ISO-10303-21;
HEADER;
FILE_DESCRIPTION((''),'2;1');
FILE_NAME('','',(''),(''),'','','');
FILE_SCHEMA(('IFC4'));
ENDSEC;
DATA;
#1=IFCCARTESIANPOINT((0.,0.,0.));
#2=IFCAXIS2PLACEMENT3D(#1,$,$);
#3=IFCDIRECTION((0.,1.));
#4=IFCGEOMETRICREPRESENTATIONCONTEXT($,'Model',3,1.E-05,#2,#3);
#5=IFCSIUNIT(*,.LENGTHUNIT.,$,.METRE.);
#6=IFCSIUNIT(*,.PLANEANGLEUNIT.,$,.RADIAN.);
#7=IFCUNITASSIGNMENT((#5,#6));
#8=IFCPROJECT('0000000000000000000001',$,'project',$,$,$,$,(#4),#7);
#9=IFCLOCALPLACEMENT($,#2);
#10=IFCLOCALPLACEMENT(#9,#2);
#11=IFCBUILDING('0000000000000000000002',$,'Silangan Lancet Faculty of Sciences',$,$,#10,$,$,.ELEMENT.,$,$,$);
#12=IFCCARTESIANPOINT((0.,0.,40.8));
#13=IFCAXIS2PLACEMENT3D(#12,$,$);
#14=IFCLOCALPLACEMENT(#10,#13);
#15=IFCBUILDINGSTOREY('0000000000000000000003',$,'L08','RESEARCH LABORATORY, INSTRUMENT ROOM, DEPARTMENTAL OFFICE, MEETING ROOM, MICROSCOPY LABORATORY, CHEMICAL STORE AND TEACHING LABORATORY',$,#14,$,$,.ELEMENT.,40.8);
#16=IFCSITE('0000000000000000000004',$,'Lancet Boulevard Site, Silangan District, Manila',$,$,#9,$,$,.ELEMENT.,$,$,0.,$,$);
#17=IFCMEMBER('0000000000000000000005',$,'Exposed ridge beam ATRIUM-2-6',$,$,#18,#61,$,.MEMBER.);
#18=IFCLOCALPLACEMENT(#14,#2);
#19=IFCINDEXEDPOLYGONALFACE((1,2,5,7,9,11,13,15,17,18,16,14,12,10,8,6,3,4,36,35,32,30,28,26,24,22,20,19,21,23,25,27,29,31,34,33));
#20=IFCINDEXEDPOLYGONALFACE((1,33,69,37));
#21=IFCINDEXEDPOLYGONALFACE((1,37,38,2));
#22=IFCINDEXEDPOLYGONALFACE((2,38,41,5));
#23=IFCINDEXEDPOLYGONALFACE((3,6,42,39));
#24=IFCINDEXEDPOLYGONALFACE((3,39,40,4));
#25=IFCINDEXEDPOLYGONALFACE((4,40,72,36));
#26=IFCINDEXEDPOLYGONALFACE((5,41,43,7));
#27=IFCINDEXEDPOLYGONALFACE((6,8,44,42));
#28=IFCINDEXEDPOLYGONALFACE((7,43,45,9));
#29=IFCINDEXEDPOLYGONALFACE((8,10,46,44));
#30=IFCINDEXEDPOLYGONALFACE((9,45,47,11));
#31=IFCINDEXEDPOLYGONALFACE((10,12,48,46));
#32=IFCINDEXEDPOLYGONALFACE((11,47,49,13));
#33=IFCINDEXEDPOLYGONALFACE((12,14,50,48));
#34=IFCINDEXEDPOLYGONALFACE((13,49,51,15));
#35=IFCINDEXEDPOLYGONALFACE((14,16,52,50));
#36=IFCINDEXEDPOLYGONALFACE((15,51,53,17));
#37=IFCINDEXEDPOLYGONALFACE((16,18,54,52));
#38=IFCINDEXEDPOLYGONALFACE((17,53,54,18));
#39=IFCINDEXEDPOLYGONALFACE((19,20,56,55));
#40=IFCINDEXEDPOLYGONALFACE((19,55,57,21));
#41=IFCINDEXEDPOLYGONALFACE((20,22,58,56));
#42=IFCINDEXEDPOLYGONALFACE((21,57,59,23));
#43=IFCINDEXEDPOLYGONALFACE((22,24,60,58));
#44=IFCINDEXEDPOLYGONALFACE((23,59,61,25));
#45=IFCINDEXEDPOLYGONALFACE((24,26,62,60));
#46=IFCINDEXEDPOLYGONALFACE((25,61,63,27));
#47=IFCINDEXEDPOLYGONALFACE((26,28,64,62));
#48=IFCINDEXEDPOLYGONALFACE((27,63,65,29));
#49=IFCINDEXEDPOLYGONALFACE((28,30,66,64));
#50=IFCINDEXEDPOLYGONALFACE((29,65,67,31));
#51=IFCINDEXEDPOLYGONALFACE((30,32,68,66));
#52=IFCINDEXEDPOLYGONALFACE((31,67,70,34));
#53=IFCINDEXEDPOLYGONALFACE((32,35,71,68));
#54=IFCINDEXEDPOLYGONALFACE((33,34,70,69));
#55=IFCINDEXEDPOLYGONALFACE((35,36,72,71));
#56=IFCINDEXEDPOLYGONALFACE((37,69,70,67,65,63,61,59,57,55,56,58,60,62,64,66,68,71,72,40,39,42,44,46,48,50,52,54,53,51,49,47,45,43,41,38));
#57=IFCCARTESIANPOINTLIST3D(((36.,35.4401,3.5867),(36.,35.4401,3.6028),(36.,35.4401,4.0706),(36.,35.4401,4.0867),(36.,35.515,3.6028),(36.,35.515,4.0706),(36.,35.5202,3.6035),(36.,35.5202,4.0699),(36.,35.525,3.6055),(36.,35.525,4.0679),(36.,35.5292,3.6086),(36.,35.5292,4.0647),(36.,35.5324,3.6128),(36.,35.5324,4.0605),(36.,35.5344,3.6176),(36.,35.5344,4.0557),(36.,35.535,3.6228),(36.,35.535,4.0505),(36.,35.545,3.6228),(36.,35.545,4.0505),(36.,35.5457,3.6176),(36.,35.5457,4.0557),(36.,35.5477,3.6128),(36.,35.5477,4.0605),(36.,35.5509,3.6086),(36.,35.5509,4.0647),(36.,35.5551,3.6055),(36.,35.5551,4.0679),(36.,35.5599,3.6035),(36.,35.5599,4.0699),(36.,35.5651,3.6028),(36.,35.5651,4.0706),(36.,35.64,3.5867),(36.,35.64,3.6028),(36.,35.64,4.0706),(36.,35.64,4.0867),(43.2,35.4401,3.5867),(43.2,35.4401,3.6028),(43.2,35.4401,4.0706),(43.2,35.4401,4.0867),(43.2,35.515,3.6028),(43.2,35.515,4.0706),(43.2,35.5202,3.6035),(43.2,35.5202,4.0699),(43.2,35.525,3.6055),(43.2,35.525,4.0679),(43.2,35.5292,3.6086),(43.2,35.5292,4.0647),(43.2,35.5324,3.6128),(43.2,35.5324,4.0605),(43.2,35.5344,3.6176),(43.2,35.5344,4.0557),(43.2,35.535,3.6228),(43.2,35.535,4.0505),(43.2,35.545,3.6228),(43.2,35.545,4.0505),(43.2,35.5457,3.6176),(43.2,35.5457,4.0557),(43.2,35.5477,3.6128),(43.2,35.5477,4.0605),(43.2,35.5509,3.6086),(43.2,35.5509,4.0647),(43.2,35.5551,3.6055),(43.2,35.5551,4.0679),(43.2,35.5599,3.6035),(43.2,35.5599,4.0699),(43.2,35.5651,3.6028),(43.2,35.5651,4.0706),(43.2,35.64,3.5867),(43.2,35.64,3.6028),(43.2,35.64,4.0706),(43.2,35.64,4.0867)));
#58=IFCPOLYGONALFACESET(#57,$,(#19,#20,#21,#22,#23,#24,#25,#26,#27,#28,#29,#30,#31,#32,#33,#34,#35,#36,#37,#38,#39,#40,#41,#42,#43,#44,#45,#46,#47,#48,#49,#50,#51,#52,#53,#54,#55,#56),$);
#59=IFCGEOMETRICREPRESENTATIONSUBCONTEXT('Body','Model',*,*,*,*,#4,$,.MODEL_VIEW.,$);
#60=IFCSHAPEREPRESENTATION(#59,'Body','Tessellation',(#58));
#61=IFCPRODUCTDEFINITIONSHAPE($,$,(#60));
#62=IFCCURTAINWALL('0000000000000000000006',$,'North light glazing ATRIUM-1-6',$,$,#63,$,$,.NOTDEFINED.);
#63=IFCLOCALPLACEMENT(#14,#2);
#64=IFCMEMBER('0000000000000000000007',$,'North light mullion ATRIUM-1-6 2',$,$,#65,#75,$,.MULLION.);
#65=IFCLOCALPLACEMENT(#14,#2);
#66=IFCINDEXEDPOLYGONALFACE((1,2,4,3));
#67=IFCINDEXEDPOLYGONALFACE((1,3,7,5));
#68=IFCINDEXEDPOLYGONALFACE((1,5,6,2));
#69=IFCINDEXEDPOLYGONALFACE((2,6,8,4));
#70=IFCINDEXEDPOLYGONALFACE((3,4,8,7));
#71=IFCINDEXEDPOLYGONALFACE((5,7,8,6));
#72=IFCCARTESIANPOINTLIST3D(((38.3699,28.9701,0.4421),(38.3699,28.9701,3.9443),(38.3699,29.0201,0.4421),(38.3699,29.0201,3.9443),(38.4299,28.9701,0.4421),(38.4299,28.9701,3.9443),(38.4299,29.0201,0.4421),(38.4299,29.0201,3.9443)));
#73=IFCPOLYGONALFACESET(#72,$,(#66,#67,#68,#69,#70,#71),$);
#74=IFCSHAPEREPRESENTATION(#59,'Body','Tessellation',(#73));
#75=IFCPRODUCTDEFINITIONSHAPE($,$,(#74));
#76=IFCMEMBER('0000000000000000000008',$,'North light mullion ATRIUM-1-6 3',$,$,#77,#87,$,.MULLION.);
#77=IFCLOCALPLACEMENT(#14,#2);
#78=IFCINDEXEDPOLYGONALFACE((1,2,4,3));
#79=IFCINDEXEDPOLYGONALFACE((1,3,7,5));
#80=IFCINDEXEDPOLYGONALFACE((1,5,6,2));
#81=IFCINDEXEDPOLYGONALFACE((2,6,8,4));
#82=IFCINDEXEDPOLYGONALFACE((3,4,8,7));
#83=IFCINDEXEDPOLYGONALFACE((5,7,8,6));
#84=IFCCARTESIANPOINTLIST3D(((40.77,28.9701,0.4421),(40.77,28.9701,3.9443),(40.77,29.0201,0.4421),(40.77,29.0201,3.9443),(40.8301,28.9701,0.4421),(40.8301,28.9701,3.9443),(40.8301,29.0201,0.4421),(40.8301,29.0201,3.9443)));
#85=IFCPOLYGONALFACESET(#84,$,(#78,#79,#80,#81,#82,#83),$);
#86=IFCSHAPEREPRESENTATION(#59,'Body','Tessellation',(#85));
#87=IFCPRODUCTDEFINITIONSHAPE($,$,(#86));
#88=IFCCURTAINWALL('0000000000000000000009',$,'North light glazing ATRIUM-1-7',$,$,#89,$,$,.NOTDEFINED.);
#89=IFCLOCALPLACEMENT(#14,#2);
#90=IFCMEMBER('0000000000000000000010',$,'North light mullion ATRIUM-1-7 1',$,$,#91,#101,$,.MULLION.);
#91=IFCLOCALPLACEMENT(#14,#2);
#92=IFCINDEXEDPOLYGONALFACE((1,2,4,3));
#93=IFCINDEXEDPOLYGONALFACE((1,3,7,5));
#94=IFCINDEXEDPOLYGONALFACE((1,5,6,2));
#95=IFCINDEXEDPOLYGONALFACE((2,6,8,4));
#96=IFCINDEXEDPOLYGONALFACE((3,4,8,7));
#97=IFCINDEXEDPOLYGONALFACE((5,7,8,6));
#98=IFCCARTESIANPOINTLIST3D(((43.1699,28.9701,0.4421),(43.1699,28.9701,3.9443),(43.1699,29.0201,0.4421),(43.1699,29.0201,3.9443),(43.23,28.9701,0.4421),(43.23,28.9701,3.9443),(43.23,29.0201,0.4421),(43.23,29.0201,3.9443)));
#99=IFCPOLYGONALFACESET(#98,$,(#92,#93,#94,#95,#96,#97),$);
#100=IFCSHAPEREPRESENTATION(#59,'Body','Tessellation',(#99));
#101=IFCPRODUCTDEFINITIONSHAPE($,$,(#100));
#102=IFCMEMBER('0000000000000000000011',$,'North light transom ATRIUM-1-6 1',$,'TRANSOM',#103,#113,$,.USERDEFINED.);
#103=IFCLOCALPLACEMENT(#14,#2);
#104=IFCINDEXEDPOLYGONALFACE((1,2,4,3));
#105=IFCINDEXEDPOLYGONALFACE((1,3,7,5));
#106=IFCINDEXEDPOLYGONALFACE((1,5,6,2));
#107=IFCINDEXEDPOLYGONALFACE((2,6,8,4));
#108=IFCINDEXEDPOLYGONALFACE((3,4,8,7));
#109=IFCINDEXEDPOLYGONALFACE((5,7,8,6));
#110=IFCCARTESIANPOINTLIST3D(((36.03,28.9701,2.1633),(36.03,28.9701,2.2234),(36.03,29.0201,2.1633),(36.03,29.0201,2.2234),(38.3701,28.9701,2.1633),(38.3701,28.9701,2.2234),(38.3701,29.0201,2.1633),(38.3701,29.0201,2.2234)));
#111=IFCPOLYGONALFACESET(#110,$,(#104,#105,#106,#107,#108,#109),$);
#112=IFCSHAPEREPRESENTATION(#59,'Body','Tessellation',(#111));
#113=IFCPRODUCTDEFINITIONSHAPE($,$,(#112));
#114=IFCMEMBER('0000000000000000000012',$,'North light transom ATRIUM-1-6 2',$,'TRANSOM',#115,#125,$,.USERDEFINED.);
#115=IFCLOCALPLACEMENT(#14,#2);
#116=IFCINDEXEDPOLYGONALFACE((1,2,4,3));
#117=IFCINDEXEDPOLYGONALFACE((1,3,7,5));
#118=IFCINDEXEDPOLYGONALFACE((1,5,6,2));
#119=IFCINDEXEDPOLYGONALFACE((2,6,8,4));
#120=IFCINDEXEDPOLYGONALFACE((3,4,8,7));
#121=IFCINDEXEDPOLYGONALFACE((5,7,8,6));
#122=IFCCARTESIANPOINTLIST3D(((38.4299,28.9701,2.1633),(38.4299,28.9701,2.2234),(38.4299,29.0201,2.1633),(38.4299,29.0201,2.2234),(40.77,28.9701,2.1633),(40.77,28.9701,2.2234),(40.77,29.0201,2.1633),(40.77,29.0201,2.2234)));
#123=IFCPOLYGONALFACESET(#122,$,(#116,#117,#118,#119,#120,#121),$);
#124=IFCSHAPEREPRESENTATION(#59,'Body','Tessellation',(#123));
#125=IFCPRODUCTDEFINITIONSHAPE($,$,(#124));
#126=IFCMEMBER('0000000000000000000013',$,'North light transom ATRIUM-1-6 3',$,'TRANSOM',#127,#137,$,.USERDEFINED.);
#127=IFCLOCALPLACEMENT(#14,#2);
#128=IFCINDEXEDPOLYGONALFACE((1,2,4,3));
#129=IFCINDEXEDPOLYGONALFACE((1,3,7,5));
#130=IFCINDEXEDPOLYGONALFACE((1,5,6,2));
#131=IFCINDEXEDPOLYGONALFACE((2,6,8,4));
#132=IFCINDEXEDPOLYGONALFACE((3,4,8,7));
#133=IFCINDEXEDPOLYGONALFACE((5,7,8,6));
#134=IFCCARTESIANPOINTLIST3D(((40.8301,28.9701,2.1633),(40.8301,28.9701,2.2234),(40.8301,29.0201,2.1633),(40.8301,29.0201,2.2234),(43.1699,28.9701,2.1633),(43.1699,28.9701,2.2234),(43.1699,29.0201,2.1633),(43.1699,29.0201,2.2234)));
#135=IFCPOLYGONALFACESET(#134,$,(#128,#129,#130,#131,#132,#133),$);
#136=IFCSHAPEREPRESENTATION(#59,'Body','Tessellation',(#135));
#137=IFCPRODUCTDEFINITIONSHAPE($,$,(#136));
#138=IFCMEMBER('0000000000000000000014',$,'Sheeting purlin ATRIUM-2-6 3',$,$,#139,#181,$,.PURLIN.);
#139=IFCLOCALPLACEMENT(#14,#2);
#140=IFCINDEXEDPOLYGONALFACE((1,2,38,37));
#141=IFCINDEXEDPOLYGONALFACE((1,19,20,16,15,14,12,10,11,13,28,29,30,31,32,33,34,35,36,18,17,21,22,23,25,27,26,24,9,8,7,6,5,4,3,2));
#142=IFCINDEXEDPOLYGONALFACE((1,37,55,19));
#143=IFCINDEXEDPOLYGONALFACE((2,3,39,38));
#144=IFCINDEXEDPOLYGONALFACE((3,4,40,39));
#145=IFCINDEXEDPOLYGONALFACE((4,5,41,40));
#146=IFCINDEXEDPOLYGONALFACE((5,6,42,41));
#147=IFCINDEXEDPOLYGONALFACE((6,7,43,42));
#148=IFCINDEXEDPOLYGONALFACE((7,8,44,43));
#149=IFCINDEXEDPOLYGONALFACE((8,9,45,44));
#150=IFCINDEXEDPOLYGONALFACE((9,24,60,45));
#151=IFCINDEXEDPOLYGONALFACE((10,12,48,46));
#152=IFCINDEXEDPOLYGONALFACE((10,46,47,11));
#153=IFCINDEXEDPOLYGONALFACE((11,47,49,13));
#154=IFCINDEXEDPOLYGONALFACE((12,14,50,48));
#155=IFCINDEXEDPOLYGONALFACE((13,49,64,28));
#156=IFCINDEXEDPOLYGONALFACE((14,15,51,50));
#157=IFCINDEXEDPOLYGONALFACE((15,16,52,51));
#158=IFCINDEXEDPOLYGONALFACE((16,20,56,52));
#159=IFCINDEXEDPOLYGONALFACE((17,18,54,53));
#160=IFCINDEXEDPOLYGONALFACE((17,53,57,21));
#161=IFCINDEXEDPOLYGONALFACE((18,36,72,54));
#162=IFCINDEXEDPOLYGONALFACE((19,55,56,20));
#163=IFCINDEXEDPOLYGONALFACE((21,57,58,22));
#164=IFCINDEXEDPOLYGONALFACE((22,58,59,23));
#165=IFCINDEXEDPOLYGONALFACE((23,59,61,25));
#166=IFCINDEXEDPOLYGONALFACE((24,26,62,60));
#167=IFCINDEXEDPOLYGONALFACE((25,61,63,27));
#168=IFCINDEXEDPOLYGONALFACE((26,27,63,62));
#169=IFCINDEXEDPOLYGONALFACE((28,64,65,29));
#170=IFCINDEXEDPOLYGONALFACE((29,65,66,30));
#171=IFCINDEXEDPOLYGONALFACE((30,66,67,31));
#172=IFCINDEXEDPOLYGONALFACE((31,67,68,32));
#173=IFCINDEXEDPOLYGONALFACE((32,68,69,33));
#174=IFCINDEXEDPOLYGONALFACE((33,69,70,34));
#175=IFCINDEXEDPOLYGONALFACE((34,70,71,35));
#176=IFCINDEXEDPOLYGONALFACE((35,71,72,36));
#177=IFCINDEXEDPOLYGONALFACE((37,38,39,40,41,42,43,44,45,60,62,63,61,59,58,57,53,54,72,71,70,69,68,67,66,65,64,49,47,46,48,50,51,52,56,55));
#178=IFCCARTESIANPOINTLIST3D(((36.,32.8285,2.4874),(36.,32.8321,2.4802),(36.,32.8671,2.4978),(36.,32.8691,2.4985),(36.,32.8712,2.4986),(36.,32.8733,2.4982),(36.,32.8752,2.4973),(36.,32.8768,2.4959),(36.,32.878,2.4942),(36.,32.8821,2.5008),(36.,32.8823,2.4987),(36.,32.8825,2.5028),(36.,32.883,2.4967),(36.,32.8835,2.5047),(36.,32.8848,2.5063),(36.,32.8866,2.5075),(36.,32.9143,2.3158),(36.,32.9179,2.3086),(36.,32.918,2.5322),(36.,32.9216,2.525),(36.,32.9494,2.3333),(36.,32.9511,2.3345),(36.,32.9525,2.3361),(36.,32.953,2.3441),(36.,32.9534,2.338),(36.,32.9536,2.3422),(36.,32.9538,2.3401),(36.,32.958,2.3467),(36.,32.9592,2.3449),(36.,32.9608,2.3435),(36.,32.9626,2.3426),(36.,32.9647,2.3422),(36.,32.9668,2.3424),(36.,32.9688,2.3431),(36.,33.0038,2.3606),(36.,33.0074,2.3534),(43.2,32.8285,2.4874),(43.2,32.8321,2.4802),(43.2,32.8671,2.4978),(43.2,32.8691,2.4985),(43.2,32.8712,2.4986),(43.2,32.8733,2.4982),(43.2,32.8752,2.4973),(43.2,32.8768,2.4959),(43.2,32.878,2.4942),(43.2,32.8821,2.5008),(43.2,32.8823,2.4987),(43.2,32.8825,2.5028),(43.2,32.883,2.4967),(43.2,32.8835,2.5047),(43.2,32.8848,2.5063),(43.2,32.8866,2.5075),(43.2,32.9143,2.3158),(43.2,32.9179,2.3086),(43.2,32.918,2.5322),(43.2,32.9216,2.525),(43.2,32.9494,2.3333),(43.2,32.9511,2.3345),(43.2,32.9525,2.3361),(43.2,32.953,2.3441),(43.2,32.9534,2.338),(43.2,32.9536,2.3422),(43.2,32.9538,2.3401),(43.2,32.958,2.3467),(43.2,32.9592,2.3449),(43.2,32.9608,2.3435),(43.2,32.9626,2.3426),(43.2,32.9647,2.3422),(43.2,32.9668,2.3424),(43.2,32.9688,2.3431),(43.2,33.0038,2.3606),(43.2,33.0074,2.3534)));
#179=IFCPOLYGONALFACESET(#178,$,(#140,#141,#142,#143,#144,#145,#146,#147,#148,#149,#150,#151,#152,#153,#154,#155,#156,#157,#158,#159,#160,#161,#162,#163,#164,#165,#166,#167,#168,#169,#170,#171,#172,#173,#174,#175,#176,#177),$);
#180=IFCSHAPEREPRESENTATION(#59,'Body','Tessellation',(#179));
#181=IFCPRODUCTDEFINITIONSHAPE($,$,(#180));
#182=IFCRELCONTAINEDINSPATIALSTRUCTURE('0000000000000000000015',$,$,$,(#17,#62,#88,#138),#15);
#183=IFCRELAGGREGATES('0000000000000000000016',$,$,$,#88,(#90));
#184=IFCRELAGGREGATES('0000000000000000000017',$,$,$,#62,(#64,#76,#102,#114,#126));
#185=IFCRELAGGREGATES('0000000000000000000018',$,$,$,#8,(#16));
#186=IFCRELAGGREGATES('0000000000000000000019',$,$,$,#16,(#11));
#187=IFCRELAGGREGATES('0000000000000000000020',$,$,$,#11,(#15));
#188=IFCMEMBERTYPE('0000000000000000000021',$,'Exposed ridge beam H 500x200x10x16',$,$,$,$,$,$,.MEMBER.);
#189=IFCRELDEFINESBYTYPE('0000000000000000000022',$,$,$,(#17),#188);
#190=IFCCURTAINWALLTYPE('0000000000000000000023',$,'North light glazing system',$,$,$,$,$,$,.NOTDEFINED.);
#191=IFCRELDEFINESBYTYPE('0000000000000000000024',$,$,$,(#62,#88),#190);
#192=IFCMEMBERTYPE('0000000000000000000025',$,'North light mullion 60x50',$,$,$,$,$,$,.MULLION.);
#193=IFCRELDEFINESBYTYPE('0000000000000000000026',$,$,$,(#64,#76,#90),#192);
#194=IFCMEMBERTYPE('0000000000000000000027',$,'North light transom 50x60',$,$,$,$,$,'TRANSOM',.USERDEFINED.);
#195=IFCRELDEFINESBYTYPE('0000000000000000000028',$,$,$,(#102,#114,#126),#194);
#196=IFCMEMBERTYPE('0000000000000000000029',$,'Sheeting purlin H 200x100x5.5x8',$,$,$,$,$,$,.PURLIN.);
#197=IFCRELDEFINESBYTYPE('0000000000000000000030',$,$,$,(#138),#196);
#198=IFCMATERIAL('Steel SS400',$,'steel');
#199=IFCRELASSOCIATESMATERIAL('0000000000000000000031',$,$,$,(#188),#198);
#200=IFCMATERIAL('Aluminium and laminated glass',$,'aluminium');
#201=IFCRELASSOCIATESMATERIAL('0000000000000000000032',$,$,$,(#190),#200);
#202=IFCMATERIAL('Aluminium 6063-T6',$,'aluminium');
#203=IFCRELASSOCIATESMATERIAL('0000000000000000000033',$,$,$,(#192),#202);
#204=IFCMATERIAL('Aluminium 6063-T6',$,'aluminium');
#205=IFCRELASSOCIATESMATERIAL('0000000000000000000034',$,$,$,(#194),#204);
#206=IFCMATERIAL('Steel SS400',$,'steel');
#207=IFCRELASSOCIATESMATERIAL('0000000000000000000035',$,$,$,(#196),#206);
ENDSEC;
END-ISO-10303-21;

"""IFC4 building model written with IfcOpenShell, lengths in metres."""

from ifc_helpers import new_model, si_unit, direction, frame, origin, origin_2d, place, context, subcontext, project, spatial, rectangle, i_section, extrude, material, material_profile, profile_set, type_object, element, aggregate, save


model = new_model("IFC4")

# Units and contexts
model_context = context("Model", 3, precision=1e-05, world=origin(), true_north=direction((0.0, 1.0)))
body_context = subcontext(model_context, "Body", "Model", "MODEL_VIEW")
ifc_project = project(units=[si_unit("LENGTHUNIT", "METRE"), si_unit("PLANEANGLEUNIT", "RADIAN")], contexts=[model_context])

# Site, building, storey
site_placement = place(None, origin())
site = spatial("IfcSite", under=ifc_project, at=site_placement, Name="Lancet Boulevard Site, Silangan District, Manila", CompositionType="ELEMENT", RefElevation=0.0)
building_placement = place(site_placement, origin())
building = spatial("IfcBuilding", under=site, at=building_placement, Name="Silangan Lancet Faculty of Sciences", CompositionType="ELEMENT")
storey_placement = place(building_placement, frame((0.0, 0.0, 40.8)))
storey = spatial("IfcBuildingStorey", under=building, at=storey_placement, Name="L08", Description="RESEARCH LABORATORY, INSTRUMENT ROOM, DEPARTMENTAL OFFICE, MEETING ROOM, MICROSCOPY LABORATORY, CHEMICAL STORE AND TEACHING LABORATORY", CompositionType="ELEMENT", Elevation=40.8)

# Member
ifc_material_1 = material(Name="Steel SS400", Category="steel")
ifc_material_profile_1 = material_profile(ifc_material_1, i_section(OverallWidth=0.2, OverallDepth=0.5, WebThickness=0.01, FlangeThickness=0.0161, FilletRadius=0.02, at=origin_2d()), Name="H 500x200x10x16")
ifc_profile_set_1 = profile_set([ifc_material_profile_1], Name="Steel SS400")
member_type_1 = type_object("IfcMemberType", Name="Exposed ridge beam H 500x200x10x16", PredefinedType="MEMBER", material=ifc_profile_set_1)
member_1_placement = place(storey_placement, frame((36.0, 35.54, 3.8367), z_axis=(1.0, 0.0, 0.0), x_axis=(0.0, 1.0, 0.0)))
element("IfcMember", 1, at=member_1_placement, inside=storey, type_object=member_type_1, Name="Exposed ridge beam ATRIUM-2-6", PredefinedType="MEMBER", context=body_context, shape_type="SweptSolid", body=[
    extrude(i_section(OverallWidth=0.2, OverallDepth=0.5, WebThickness=0.01, FlangeThickness=0.0161, FilletRadius=0.02, at=origin_2d()), origin(), (0.0, 0.0, 1.0), 7.2),
])

# Curtain wall, members
ifc_material_2 = material(Name="Aluminium and laminated glass", Category="aluminium")
curtain_wall_type = type_object("IfcCurtainWallType", Name="North light glazing system", PredefinedType="NOTDEFINED", material=ifc_material_2)
curtain_wall_1_placement = place(storey_placement, origin())
curtain_wall_1 = element("IfcCurtainWall", 2, at=curtain_wall_1_placement, inside=storey, type_object=curtain_wall_type, Name="North light glazing ATRIUM-1-6", PredefinedType="NOTDEFINED")
ifc_material_3 = material(Name="Aluminium 6063-T6", Category="aluminium")
ifc_material_profile_2 = material_profile(ifc_material_3, rectangle(XDim=0.0601, YDim=0.05, at=origin_2d()), Name="AL 60x50")
ifc_profile_set_2 = profile_set([ifc_material_profile_2], Name="Aluminium 6063-T6")
member_type_2 = type_object("IfcMemberType", Name="North light mullion 60x50", PredefinedType="MULLION", material=ifc_profile_set_2)
member_2_placement = place(storey_placement, frame((38.3999, 28.9951, 0.4421), z_axis=(0.0, 0.0, 1.0), x_axis=(1.0, 0.0, 0.0)))
member_2 = element("IfcMember", 3, at=member_2_placement, type_object=member_type_2, Name="North light mullion ATRIUM-1-6 2", PredefinedType="MULLION", context=body_context, shape_type="SweptSolid", body=[
    extrude(rectangle(XDim=0.0601, YDim=0.05, at=origin_2d()), origin(), (0.0, 0.0, 1.0), 3.5022),
])
member_3_placement = place(storey_placement, frame((40.8, 28.9951, 0.4421), z_axis=(0.0, 0.0, 1.0), x_axis=(1.0, 0.0, 0.0)))
member_3 = element("IfcMember", 4, at=member_3_placement, type_object=member_type_2, Name="North light mullion ATRIUM-1-6 3", PredefinedType="MULLION", context=body_context, shape_type="SweptSolid", body=[
    extrude(rectangle(XDim=0.0601, YDim=0.05, at=origin_2d()), origin(), (0.0, 0.0, 1.0), 3.5022),
])

# Curtain wall, member
curtain_wall_2_placement = place(storey_placement, origin())
curtain_wall_2 = element("IfcCurtainWall", 5, at=curtain_wall_2_placement, inside=storey, type_object=curtain_wall_type, Name="North light glazing ATRIUM-1-7", PredefinedType="NOTDEFINED")
member_4_placement = place(storey_placement, frame((43.2, 28.9951, 0.4421), z_axis=(0.0, 0.0, 1.0), x_axis=(1.0, 0.0, 0.0)))
member_4 = element("IfcMember", 6, at=member_4_placement, type_object=member_type_2, Name="North light mullion ATRIUM-1-7 1", PredefinedType="MULLION", context=body_context, shape_type="SweptSolid", body=[
    extrude(rectangle(XDim=0.0601, YDim=0.05, at=origin_2d()), origin(), (0.0, 0.0, 1.0), 3.5022),
])
aggregate(curtain_wall_2, [member_4])

# Members
ifc_material_4 = material(Name="Aluminium 6063-T6", Category="aluminium")
ifc_material_profile_3 = material_profile(ifc_material_4, rectangle(XDim=0.05, YDim=0.0601, at=origin_2d()), Name="AL 50x60")
ifc_profile_set_3 = profile_set([ifc_material_profile_3], Name="Aluminium 6063-T6")
member_type_3 = type_object("IfcMemberType", Name="North light transom 50x60", ElementType="TRANSOM", PredefinedType="USERDEFINED", material=ifc_profile_set_3)
member_5_placement = place(storey_placement, frame((36.03, 28.9951, 2.1934), z_axis=(1.0, 0.0, 0.0), x_axis=(0.0, 1.0, 0.0)))
member_5 = element("IfcMember", 7, at=member_5_placement, type_object=member_type_3, Name="North light transom ATRIUM-1-6 1", ObjectType="TRANSOM", PredefinedType="USERDEFINED", context=body_context, shape_type="SweptSolid", body=[
    extrude(rectangle(XDim=0.05, YDim=0.0601, at=origin_2d()), origin(), (0.0, 0.0, 1.0), 2.3401),
])
member_6_placement = place(storey_placement, frame((38.4299, 28.9951, 2.1934), z_axis=(1.0, 0.0, 0.0), x_axis=(0.0, 1.0, 0.0)))
member_6 = element("IfcMember", 8, at=member_6_placement, type_object=member_type_3, Name="North light transom ATRIUM-1-6 2", ObjectType="TRANSOM", PredefinedType="USERDEFINED", context=body_context, shape_type="SweptSolid", body=[
    extrude(rectangle(XDim=0.05, YDim=0.0601, at=origin_2d()), origin(), (0.0, 0.0, 1.0), 2.3401),
])
member_7_placement = place(storey_placement, frame((40.8301, 28.9951, 2.1934), z_axis=(1.0, 0.0, 0.0), x_axis=(0.0, 1.0, 0.0)))
member_7 = element("IfcMember", 9, at=member_7_placement, type_object=member_type_3, Name="North light transom ATRIUM-1-6 3", ObjectType="TRANSOM", PredefinedType="USERDEFINED", context=body_context, shape_type="SweptSolid", body=[
    extrude(rectangle(XDim=0.05, YDim=0.0601, at=origin_2d()), origin(), (0.0, 0.0, 1.0), 2.3398),
])

# Member
ifc_material_5 = material(Name="Steel SS400", Category="steel")
ifc_material_profile_4 = material_profile(ifc_material_5, i_section(OverallWidth=0.1001, OverallDepth=0.2, WebThickness=0.0056, FlangeThickness=0.0081, FilletRadius=0.0081, at=origin_2d()), Name="H 200x100x5.5x8")
ifc_profile_set_4 = profile_set([ifc_material_profile_4], Name="Steel SS400")
member_type_4 = type_object("IfcMemberType", Name="Sheeting purlin H 200x100x5.5x8", PredefinedType="PURLIN", material=ifc_profile_set_4)
for number, where, z_axis, x_axis, name in (
    (10, (36.0, 32.918, 2.4204), (1.0, 0.0, 0.0), (0.0, 0.894427, 0.447214), "Sheeting purlin ATRIUM-2-6 3"),
):
    element("IfcMember", number, at=place(storey_placement, frame(where, z_axis=z_axis, x_axis=x_axis)), inside=storey, type_object=member_type_4, Name=name, PredefinedType="PURLIN", context=body_context, shape_type="SweptSolid", body=[
        extrude(i_section(OverallWidth=0.1001, OverallDepth=0.2, WebThickness=0.0056, FlangeThickness=0.0081, FilletRadius=0.0081, at=origin_2d()), origin(), (0.0, 0.0, 1.0), 7.2),
    ])

aggregate(curtain_wall_1, [member_2, member_3, member_5, member_6, member_7])

save(model, "model.ifc")
